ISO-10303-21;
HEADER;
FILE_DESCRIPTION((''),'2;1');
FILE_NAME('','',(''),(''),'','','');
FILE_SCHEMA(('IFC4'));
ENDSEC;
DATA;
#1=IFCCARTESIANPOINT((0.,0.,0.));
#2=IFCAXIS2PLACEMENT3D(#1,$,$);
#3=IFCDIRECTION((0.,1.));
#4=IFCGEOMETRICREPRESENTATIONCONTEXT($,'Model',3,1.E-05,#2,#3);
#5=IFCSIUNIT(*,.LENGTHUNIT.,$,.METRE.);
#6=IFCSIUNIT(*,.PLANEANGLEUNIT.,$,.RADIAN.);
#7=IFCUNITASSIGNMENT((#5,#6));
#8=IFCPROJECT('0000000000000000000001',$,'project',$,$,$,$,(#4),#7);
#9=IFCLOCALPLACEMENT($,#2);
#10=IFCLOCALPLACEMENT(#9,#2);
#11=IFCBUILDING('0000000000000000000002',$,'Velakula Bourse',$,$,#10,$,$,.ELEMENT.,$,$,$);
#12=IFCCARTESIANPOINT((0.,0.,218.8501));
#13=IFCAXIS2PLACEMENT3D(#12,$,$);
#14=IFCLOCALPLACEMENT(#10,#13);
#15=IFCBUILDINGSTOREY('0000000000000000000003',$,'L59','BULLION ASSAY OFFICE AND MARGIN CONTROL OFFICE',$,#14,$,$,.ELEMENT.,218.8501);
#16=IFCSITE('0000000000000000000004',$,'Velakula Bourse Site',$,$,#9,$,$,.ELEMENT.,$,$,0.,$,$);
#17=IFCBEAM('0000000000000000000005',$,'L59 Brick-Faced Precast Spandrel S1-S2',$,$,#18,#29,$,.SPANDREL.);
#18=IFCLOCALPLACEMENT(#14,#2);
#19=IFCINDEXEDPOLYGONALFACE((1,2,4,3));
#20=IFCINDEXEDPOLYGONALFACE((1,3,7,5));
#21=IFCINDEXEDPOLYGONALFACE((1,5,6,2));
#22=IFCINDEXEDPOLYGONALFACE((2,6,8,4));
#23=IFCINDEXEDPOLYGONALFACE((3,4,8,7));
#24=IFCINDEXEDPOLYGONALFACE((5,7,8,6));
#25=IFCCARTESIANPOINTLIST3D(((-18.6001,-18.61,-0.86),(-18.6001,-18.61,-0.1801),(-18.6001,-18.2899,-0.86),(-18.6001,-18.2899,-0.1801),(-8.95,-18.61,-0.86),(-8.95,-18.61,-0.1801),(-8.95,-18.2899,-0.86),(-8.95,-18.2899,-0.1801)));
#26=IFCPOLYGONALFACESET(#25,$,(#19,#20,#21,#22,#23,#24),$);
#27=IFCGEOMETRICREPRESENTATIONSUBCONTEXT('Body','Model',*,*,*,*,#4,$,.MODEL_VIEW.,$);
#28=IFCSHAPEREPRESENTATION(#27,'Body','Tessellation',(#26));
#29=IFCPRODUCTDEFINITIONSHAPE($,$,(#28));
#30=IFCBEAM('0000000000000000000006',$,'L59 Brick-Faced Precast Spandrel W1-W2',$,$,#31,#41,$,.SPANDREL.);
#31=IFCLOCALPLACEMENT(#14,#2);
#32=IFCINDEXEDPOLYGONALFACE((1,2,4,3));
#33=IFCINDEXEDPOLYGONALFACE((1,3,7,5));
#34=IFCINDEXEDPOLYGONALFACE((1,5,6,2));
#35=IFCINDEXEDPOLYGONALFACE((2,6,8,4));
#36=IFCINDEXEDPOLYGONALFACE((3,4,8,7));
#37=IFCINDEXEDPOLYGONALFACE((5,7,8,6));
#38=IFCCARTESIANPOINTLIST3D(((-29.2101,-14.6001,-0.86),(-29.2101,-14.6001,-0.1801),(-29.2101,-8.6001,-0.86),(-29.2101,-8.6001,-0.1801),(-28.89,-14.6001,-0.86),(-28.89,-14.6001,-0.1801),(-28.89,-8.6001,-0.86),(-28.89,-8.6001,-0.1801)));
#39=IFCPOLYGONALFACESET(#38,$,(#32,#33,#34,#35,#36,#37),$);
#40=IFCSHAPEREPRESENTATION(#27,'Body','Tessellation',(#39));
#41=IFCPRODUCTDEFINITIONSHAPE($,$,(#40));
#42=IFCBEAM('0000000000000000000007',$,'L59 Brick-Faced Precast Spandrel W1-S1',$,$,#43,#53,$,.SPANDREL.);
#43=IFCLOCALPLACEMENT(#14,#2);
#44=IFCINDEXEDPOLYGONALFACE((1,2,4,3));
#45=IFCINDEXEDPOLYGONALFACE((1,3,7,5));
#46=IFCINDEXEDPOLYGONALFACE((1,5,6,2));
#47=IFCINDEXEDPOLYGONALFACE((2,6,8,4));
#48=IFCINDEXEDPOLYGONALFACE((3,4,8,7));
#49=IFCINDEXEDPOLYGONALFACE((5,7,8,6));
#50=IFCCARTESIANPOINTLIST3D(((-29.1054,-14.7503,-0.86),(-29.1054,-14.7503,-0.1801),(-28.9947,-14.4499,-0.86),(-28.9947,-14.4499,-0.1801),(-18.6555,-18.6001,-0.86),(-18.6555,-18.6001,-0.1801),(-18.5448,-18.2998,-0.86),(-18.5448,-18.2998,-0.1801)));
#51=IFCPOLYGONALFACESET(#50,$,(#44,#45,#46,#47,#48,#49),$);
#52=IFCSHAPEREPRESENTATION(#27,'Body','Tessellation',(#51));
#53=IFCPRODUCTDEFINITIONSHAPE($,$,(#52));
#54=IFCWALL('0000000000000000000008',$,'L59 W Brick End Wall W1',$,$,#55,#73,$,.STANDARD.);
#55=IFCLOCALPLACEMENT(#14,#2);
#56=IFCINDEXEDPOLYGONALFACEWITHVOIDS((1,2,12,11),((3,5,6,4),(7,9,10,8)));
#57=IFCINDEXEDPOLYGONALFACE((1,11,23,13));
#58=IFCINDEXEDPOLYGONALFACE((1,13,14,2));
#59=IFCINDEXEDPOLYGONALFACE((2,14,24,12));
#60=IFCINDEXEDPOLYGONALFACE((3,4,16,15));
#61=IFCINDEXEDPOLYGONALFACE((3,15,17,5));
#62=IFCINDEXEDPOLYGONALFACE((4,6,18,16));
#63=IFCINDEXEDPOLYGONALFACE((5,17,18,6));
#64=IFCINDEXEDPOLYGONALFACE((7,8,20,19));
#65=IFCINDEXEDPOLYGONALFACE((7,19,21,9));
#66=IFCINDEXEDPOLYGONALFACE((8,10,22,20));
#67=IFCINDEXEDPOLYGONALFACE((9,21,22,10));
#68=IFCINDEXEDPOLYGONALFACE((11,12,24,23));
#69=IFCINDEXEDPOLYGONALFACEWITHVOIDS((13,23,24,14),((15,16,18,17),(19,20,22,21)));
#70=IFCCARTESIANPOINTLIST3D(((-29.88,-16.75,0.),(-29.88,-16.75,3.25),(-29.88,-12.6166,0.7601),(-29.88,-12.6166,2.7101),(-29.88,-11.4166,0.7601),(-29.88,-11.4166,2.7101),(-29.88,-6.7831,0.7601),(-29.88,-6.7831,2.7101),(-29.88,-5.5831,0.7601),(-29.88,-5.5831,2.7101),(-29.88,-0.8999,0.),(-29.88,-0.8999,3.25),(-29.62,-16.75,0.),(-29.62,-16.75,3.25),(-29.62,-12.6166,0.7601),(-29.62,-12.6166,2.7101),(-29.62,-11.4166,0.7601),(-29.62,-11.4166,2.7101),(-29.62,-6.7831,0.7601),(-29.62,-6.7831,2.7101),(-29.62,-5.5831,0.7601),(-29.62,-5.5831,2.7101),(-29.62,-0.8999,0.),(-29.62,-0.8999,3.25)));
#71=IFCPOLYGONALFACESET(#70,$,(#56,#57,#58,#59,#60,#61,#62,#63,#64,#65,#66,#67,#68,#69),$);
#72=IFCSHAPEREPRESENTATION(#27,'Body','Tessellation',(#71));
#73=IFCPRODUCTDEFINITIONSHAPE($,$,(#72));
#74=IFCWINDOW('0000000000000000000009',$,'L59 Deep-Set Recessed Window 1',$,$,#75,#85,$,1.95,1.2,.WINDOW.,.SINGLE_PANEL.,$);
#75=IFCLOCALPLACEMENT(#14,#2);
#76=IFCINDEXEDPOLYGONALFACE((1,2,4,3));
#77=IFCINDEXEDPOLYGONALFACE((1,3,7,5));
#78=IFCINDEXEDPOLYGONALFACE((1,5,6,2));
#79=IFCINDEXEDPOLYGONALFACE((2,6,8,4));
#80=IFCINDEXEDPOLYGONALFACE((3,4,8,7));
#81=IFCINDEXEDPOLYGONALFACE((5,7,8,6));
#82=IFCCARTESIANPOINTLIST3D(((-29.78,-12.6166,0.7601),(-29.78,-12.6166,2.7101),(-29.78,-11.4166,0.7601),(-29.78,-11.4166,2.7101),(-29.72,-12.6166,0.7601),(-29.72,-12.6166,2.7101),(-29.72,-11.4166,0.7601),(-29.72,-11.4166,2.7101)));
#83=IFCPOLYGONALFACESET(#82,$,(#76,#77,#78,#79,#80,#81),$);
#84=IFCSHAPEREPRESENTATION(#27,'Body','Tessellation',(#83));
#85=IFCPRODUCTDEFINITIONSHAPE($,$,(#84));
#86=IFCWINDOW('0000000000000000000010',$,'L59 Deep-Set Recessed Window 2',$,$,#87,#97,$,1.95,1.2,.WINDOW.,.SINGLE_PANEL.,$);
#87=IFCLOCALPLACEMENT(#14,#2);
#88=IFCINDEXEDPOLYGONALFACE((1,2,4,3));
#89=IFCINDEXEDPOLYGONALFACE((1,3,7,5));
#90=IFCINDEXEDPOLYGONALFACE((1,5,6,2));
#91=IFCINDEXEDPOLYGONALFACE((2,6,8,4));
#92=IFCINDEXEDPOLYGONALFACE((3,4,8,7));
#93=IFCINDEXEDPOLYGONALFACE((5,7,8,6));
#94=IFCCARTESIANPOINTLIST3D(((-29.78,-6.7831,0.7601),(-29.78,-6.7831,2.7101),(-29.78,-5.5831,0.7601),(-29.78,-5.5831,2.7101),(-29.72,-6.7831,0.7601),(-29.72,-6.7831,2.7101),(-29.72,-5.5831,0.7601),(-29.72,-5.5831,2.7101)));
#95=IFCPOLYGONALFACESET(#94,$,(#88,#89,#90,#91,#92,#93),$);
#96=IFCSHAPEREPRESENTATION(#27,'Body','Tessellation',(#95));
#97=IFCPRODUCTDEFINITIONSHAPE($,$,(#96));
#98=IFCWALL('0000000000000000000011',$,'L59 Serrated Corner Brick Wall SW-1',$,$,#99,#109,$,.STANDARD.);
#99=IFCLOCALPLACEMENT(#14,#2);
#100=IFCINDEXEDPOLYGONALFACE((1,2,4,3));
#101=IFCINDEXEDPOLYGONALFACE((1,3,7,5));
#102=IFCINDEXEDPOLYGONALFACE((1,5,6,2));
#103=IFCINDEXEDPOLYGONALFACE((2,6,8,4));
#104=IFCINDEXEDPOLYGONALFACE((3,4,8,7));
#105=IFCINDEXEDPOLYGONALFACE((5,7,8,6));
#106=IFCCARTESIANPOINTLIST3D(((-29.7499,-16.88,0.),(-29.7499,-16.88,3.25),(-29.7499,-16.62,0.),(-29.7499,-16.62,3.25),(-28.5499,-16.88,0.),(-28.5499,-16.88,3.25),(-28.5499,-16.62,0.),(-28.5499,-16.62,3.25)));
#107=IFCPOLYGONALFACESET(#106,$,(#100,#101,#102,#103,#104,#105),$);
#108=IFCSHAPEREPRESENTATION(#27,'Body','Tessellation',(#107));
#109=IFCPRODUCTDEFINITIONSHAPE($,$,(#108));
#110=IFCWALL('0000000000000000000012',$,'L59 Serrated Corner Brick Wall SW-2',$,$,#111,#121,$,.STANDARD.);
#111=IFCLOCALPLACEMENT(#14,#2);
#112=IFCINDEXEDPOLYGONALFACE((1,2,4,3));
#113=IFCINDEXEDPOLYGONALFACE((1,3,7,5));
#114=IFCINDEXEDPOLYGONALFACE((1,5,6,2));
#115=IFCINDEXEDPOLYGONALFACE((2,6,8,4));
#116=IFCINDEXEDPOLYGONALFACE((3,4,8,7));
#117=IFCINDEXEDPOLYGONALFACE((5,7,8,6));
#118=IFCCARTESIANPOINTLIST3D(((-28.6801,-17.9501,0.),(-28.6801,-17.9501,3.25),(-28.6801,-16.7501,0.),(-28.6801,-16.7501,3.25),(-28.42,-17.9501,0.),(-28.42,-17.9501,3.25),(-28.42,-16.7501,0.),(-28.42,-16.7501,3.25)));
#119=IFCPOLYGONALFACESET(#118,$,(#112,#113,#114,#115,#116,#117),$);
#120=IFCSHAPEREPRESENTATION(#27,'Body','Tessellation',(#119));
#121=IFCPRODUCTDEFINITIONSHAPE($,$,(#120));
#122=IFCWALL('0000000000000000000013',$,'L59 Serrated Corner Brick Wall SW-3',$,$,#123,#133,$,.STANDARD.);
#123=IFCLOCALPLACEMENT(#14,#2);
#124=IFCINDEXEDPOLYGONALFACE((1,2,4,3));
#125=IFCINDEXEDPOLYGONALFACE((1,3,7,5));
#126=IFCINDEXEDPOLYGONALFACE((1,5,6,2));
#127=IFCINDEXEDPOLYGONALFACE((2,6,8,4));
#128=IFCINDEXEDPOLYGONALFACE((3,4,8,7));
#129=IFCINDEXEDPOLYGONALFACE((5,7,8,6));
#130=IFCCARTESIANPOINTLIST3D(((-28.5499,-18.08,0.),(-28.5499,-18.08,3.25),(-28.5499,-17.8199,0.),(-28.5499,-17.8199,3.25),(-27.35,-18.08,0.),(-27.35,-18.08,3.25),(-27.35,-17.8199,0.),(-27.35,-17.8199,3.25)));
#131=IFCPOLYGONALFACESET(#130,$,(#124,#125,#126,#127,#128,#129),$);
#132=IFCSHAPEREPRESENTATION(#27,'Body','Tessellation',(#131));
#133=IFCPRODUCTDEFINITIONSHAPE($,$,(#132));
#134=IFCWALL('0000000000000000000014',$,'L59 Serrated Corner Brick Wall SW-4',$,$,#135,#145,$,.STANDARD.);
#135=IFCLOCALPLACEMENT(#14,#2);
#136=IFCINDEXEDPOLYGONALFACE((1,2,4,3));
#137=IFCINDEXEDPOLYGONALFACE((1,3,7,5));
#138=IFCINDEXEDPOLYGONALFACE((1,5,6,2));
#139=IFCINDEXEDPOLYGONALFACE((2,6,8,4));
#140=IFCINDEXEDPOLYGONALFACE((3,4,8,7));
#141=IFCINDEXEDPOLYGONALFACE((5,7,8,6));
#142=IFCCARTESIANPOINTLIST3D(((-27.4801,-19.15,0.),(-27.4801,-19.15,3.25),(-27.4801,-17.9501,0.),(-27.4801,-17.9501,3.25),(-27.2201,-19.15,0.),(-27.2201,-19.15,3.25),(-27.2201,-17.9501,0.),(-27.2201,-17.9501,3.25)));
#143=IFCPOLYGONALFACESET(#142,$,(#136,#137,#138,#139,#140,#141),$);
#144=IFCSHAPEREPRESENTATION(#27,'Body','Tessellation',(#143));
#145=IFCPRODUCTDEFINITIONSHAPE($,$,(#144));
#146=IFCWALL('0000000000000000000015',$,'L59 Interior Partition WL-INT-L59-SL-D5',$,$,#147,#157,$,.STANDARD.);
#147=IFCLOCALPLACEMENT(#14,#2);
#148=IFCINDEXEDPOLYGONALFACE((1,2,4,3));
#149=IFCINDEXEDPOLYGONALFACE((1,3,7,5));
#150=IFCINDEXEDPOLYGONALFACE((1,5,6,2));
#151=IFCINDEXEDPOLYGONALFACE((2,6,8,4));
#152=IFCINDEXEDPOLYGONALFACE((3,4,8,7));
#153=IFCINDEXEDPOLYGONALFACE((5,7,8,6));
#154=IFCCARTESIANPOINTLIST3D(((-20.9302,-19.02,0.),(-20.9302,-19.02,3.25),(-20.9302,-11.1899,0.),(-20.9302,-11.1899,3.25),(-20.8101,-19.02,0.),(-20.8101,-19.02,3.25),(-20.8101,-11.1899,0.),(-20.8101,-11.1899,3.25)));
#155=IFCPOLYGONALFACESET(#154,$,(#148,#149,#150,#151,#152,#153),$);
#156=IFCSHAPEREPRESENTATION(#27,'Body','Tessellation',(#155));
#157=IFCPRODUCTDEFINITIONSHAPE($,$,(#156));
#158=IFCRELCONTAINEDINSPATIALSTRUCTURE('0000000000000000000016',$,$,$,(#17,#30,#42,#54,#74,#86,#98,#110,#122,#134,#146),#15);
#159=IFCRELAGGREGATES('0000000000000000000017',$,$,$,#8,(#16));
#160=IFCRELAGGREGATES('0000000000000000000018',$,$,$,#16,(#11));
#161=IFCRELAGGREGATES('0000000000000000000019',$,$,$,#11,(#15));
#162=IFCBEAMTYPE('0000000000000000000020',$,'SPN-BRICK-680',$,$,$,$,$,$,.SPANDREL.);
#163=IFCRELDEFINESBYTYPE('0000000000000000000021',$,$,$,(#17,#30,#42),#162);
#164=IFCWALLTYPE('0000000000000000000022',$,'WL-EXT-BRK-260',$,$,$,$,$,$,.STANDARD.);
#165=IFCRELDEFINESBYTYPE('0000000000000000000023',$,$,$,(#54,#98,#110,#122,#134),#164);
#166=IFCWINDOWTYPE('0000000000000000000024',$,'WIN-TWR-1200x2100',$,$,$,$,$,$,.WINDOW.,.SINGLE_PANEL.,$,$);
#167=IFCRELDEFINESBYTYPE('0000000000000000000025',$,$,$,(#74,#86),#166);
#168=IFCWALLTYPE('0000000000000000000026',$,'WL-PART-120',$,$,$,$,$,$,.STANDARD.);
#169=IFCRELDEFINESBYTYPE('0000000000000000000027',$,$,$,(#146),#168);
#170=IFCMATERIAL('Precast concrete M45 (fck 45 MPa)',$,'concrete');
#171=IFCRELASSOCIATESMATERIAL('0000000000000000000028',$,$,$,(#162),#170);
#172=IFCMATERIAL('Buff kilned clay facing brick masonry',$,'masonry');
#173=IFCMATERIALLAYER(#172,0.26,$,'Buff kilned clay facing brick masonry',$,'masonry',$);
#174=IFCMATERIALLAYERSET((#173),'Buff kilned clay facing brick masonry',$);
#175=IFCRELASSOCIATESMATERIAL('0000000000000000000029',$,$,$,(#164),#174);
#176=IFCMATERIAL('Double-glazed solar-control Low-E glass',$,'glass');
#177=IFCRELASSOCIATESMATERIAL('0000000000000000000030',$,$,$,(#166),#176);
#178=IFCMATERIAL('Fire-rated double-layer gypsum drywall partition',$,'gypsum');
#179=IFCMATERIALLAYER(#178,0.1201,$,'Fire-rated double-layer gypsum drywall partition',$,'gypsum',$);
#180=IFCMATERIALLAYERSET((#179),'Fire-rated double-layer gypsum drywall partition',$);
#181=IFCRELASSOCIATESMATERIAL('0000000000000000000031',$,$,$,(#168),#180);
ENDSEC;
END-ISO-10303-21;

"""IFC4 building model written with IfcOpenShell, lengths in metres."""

from ifc_helpers import new_model, si_unit, direction, frame, frame_2d, origin, origin_2d, place, context, subcontext, project, spatial, rectangle, extrude, material, layer, layer_set, material_profile, profile_set, type_object, element, fill, save


model = new_model("IFC4")

# Units and contexts
model_context = context("Model", 3, precision=1e-05, world=origin(), true_north=direction((0.0, 1.0)))
body_context = subcontext(model_context, "Body", "Model", "MODEL_VIEW")
ifc_project = project(units=[si_unit("LENGTHUNIT", "METRE"), si_unit("PLANEANGLEUNIT", "RADIAN")], contexts=[model_context])

# Site, building, storey
site_placement = place(None, origin())
site = spatial("IfcSite", under=ifc_project, at=site_placement, Name="Velakula Bourse Site", CompositionType="ELEMENT", RefElevation=0.0)
building_placement = place(site_placement, origin())
building = spatial("IfcBuilding", under=site, at=building_placement, Name="Velakula Bourse", CompositionType="ELEMENT")
storey_placement = place(building_placement, frame((0.0, 0.0, 218.8501)))
storey = spatial("IfcBuildingStorey", under=building, at=storey_placement, Name="L59", Description="BULLION ASSAY OFFICE AND MARGIN CONTROL OFFICE", CompositionType="ELEMENT", Elevation=218.8501)

# Shared definitions
ifc_material_1 = material(Name="Precast concrete M45 (fck 45 MPa)", Category="concrete")

# Beams
ifc_material_profile_1 = material_profile(ifc_material_1, rectangle(XDim=0.3201, YDim=0.6799, at=origin_2d()), Name="Precast concrete M45 (fck 45 MPa)")
ifc_profile_set_1 = profile_set([ifc_material_profile_1], Name="Precast concrete M45 (fck 45 MPa)")
beam_type_1 = type_object("IfcBeamType", Name="SPN-BRICK-680", PredefinedType="SPANDREL", material=ifc_profile_set_1)
beam_1_placement = place(storey_placement, frame((-18.6001, -18.45, -0.52), z_axis=(1.0, 0.0, 0.0), x_axis=(0.0, 1.0, 0.0)))
element("IfcBeam", 1, at=beam_1_placement, inside=storey, type_object=beam_type_1, Name="L59 Brick-Faced Precast Spandrel S1-S2", PredefinedType="SPANDREL", context=body_context, shape_type="SweptSolid", body=[
    extrude(rectangle(XDim=0.3201, YDim=0.6799, at=origin_2d()), origin(), (0.0, 0.0, 1.0), 9.6501),
])
beam_2_placement = place(storey_placement, frame((-29.05, -14.6001, -0.52), z_axis=(0.0, 1.0, 0.0), x_axis=(-1.0, 0.0, 0.0)))
element("IfcBeam", 2, at=beam_2_placement, inside=storey, type_object=beam_type_1, Name="L59 Brick-Faced Precast Spandrel W1-W2", PredefinedType="SPANDREL", context=body_context, shape_type="SweptSolid", body=[
    extrude(rectangle(XDim=0.3201, YDim=0.6799, at=origin_2d()), origin(), (0.0, 0.0, 1.0), 6.0),
])
beam_3_placement = place(storey_placement, frame((-29.05, -14.6001, -0.52), z_axis=(0.938347, -0.345695, 0.0), x_axis=(0.345695, 0.938347, 0.0)))
element("IfcBeam", 3, at=beam_3_placement, inside=storey, type_object=beam_type_1, Name="L59 Brick-Faced Precast Spandrel W1-S1", PredefinedType="SPANDREL", context=body_context, shape_type="SweptSolid", body=[
    extrude(rectangle(XDim=0.3201, YDim=0.6799, at=origin_2d()), origin(), (0.0, 0.0, 1.0), 11.1365),
])

# Wall, openings, windows
ifc_material_2 = material(Name="Buff kilned clay facing brick masonry", Category="masonry")
ifc_layer_1 = layer(ifc_material_2, 0.26, Name="Buff kilned clay facing brick masonry", Category="masonry")
ifc_layer_set_1 = layer_set([ifc_layer_1], Name="Buff kilned clay facing brick masonry")
wall_type_1 = type_object("IfcWallType", Name="WL-EXT-BRK-260", PredefinedType="STANDARD", material=ifc_layer_set_1)
wall_1_placement = place(storey_placement, frame((-29.75, -16.75, 0.0), z_axis=(0.0, 0.0, 1.0), x_axis=(0.0, 1.0, 0.0)))
wall_1 = element("IfcWall", 4, at=wall_1_placement, inside=storey, type_object=wall_type_1, Name="L59 W Brick End Wall W1", PredefinedType="STANDARD", context=body_context, shape_type="SweptSolid", body=[
    extrude(rectangle(XDim=15.8501, YDim=0.26, at=frame_2d((7.925, 0.0))), origin(), (0.0, 0.0, 1.0), 3.25),
])
opening_1_placement = place(wall_1_placement, frame((4.1333, 0.0, 0.76)))
opening_1 = element("IfcOpeningElement", 5, at=opening_1_placement, cuts=wall_1, PredefinedType="OPENING", context=body_context, shape_type="SweptSolid", body=[
    extrude(rectangle(XDim=1.2, YDim=1.95, at=frame_2d((0.6001, 0.9751))), frame((0.0, 0.1399, 0.0), z_axis=(0.0, -1.0, 0.0), x_axis=(1.0, 0.0, 0.0)), (0.0, 0.0, 1.0), 0.28),
])
opening_2_placement = place(wall_1_placement, frame((9.9668, 0.0, 0.76)))
opening_2 = element("IfcOpeningElement", 6, at=opening_2_placement, cuts=wall_1, PredefinedType="OPENING", context=body_context, shape_type="SweptSolid", body=[
    extrude(rectangle(XDim=1.2, YDim=1.95, at=frame_2d((0.6001, 0.9751))), frame((0.0, 0.1399, 0.0), z_axis=(0.0, -1.0, 0.0), x_axis=(1.0, 0.0, 0.0)), (0.0, 0.0, 1.0), 0.28),
])
ifc_material_3 = material(Name="Double-glazed solar-control Low-E glass", Category="glass")
window_type = type_object("IfcWindowType", Name="WIN-TWR-1200x2100", PartitioningType="SINGLE_PANEL", PredefinedType="WINDOW", material=ifc_material_3)
window_1_placement = place(opening_1_placement, origin())
window_1 = element("IfcWindow", 7, at=window_1_placement, inside=storey, type_object=window_type, Name="L59 Deep-Set Recessed Window 1", OverallHeight=1.95, OverallWidth=1.2, PartitioningType="SINGLE_PANEL", PredefinedType="WINDOW", context=body_context, shape_type="SweptSolid", body=[
    extrude(rectangle(XDim=1.2, YDim=1.95, at=frame_2d((0.6001, 0.9751))), frame((0.0, 0.03, 0.0), z_axis=(0.0, -1.0, 0.0), x_axis=(1.0, 0.0, 0.0)), (0.0, 0.0, 1.0), 0.0601),
])
fill(opening_1, window_1)
window_2_placement = place(opening_2_placement, origin())
window_2 = element("IfcWindow", 8, at=window_2_placement, inside=storey, type_object=window_type, Name="L59 Deep-Set Recessed Window 2", OverallHeight=1.95, OverallWidth=1.2, PartitioningType="SINGLE_PANEL", PredefinedType="WINDOW", context=body_context, shape_type="SweptSolid", body=[
    extrude(rectangle(XDim=1.2, YDim=1.95, at=frame_2d((0.6001, 0.9751))), frame((0.0, 0.03, 0.0), z_axis=(0.0, -1.0, 0.0), x_axis=(1.0, 0.0, 0.0)), (0.0, 0.0, 1.0), 0.0601),
])
fill(opening_2, window_2)

# Walls
for number, where, z_axis, x_axis, name in (
    (9, (-29.75, -16.75, 0.0), (0.0, 0.0, 1.0), (1.0, 0.0, 0.0), "L59 Serrated Corner Brick Wall SW-1"),
    (10, (-28.55, -16.75, 0.0), (0.0, 0.0, 1.0), (0.0, -1.0, 0.0), "L59 Serrated Corner Brick Wall SW-2"),
    (11, (-28.55, -17.95, 0.0), (0.0, 0.0, 1.0), (1.0, 0.0, 0.0), "L59 Serrated Corner Brick Wall SW-3"),
    (12, (-27.3501, -17.95, 0.0), (0.0, 0.0, 1.0), (0.0, -1.0, 0.0), "L59 Serrated Corner Brick Wall SW-4"),
):
    element("IfcWall", number, at=place(storey_placement, frame(where, z_axis=z_axis, x_axis=x_axis)), inside=storey, type_object=wall_type_1, Name=name, PredefinedType="STANDARD", context=body_context, shape_type="SweptSolid", body=[
        extrude(rectangle(XDim=1.2, YDim=0.26, at=frame_2d((0.6001, 0.0))), origin(), (0.0, 0.0, 1.0), 3.25),
    ])
ifc_material_4 = material(Name="Fire-rated double-layer gypsum drywall partition", Category="gypsum")
ifc_layer_2 = layer(ifc_material_4, 0.1201, Name="Fire-rated double-layer gypsum drywall partition", Category="gypsum")
ifc_layer_set_2 = layer_set([ifc_layer_2], Name="Fire-rated double-layer gypsum drywall partition")
wall_type_2 = type_object("IfcWallType", Name="WL-PART-120", PredefinedType="STANDARD", material=ifc_layer_set_2)
wall_2_placement = place(storey_placement, frame((-20.8701, -19.02, 0.0), z_axis=(0.0, 0.0, 1.0), x_axis=(0.0, 1.0, 0.0)))
element("IfcWall", 13, at=wall_2_placement, inside=storey, type_object=wall_type_2, Name="L59 Interior Partition WL-INT-L59-SL-D5", PredefinedType="STANDARD", context=body_context, shape_type="SweptSolid", body=[
    extrude(rectangle(XDim=7.8301, YDim=0.1201, at=frame_2d((3.915, 0.0))), origin(), (0.0, 0.0, 1.0), 3.25),
])

save(model, "model.ifc")
